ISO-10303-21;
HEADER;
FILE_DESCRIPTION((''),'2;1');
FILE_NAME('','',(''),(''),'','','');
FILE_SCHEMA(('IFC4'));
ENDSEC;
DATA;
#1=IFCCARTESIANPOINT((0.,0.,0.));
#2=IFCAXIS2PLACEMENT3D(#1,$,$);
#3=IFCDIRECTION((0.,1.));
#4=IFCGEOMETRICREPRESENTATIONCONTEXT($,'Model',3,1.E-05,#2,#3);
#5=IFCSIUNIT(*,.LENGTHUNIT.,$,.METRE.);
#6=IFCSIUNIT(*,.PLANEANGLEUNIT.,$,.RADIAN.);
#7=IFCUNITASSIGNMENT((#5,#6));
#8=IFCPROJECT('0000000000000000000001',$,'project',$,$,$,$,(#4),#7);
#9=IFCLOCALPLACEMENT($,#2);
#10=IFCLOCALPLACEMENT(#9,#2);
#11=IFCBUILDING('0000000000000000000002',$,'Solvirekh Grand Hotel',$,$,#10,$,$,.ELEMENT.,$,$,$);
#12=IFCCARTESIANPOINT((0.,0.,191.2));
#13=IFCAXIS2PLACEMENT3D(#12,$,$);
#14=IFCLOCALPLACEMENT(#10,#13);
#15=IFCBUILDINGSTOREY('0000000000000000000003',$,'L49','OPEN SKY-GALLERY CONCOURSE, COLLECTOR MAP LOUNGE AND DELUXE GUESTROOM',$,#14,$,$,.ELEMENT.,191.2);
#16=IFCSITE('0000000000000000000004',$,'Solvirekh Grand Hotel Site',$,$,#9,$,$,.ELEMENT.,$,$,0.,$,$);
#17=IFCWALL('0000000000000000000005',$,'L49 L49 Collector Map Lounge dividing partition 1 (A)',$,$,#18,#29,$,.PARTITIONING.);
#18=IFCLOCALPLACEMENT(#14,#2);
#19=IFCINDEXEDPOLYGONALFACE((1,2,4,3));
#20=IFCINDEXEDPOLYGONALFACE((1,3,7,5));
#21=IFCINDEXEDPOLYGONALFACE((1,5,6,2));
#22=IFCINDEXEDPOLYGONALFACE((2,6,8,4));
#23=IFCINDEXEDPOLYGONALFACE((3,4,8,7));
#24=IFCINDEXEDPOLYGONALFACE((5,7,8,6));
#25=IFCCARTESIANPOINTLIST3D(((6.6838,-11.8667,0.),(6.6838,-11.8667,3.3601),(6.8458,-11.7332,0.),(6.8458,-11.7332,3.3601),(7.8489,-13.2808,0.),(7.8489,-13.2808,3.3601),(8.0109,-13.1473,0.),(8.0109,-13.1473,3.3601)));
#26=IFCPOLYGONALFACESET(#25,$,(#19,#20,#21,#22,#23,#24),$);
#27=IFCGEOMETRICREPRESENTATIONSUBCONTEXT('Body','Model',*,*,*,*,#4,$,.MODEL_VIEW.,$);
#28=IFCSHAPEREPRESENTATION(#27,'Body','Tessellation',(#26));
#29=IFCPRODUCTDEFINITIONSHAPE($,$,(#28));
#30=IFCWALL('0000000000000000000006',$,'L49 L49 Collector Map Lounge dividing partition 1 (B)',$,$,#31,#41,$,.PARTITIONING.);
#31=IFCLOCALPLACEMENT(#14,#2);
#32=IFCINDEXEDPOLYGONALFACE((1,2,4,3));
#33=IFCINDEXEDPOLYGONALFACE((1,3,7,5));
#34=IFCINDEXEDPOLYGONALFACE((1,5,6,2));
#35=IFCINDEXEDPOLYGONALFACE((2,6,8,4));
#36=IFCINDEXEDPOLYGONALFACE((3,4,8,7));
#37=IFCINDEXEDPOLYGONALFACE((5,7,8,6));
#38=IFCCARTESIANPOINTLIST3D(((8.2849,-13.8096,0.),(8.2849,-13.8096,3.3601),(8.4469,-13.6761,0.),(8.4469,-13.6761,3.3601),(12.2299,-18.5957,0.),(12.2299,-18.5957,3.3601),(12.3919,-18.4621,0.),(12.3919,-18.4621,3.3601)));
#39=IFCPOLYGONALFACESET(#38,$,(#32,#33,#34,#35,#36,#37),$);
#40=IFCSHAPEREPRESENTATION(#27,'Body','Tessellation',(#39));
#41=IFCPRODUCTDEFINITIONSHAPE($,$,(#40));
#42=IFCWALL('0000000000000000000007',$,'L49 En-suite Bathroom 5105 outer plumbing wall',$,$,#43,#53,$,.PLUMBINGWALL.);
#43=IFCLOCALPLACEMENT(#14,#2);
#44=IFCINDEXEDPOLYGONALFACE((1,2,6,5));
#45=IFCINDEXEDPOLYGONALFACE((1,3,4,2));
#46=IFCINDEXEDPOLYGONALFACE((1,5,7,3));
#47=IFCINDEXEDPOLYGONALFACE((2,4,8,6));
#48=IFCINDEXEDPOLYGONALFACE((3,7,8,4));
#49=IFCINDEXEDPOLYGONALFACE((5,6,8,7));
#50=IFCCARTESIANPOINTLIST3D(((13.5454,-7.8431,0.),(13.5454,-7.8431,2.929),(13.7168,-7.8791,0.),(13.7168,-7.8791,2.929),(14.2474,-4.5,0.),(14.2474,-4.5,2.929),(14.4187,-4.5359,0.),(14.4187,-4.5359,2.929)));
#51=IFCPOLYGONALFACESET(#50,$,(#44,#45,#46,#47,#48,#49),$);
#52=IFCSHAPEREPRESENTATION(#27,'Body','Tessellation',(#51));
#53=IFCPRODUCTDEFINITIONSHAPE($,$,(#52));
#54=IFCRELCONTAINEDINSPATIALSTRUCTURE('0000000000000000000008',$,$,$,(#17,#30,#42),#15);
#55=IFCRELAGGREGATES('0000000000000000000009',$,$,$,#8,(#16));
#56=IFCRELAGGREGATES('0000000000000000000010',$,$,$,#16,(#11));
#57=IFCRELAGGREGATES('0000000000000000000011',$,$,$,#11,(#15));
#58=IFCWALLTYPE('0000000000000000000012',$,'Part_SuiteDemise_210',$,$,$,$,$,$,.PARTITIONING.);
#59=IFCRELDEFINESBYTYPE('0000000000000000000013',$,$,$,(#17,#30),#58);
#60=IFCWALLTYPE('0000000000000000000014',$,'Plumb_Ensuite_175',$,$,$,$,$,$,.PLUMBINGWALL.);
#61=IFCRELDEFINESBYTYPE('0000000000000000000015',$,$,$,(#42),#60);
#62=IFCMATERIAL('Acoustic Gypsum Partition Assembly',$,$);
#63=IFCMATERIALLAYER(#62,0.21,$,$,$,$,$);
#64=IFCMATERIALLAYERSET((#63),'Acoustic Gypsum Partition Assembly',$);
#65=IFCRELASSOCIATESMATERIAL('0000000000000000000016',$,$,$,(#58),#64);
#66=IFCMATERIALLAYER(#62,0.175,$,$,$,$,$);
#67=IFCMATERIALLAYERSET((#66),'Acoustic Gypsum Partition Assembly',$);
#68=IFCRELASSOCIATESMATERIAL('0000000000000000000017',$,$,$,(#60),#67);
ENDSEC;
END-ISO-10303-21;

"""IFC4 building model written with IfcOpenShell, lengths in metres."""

from ifc_helpers import new_model, si_unit, direction, frame, frame_2d, origin, place, context, subcontext, project, spatial, rectangle, extrude, material, layer, layer_set, type_object, element, save


model = new_model("IFC4")

# Units and contexts
model_context = context("Model", 3, precision=1e-05, world=origin(), true_north=direction((0.0, 1.0)))
body_context = subcontext(model_context, "Body", "Model", "MODEL_VIEW")
ifc_project = project(units=[si_unit("LENGTHUNIT", "METRE"), si_unit("PLANEANGLEUNIT", "RADIAN")], contexts=[model_context])

# Site, building, storey
site_placement = place(None, origin())
site = spatial("IfcSite", under=ifc_project, at=site_placement, Name="Solvirekh Grand Hotel Site", CompositionType="ELEMENT", RefElevation=0.0)
building_placement = place(site_placement, origin())
building = spatial("IfcBuilding", under=site, at=building_placement, Name="Solvirekh Grand Hotel", CompositionType="ELEMENT")
storey_placement = place(building_placement, frame((0.0, 0.0, 191.2)))
storey = spatial("IfcBuildingStorey", under=building, at=storey_placement, Name="L49", Description="OPEN SKY-GALLERY CONCOURSE, COLLECTOR MAP LOUNGE AND DELUXE GUESTROOM", CompositionType="ELEMENT", Elevation=191.2)

# Shared definitions
ifc_material_1 = material(Name="Acoustic Gypsum Partition Assembly")

# Walls
ifc_layer_1 = layer(ifc_material_1, 0.21)
ifc_layer_set_1 = layer_set([ifc_layer_1], Name="Acoustic Gypsum Partition Assembly")
wall_type_1 = type_object("IfcWallType", Name="Part_SuiteDemise_210", PredefinedType="PARTITIONING", material=ifc_layer_set_1)
wall_1_placement = place(storey_placement, frame((6.7649, -11.8, 0.0), z_axis=(0.0, 0.0, 1.0), x_axis=(0.635875, -0.771792, 0.0)))
element("IfcWall", 1, at=wall_1_placement, inside=storey, type_object=wall_type_1, Name="L49 L49 Collector Map Lounge dividing partition 1 (A)", PredefinedType="PARTITIONING", context=body_context, shape_type="SweptSolid", body=[
    extrude(rectangle(XDim=1.8323, YDim=0.21, at=frame_2d((0.916, 0.0))), origin(), (0.0, 0.0, 1.0), 3.3601),
])
wall_2_placement = place(storey_placement, frame((8.366, -13.7429, 0.0), z_axis=(0.0, 0.0, 1.0), x_axis=(0.636048, -0.77165, 0.0)))
element("IfcWall", 2, at=wall_2_placement, inside=storey, type_object=wall_type_1, Name="L49 L49 Collector Map Lounge dividing partition 1 (B)", PredefinedType="PARTITIONING", context=body_context, shape_type="SweptSolid", body=[
    extrude(rectangle(XDim=6.2024, YDim=0.21, at=frame_2d((3.1011, 0.0))), origin(), (0.0, 0.0, 1.0), 3.3601),
])
ifc_layer_2 = layer(ifc_material_1, 0.175)
ifc_layer_set_2 = layer_set([ifc_layer_2], Name="Acoustic Gypsum Partition Assembly")
wall_type_2 = type_object("IfcWallType", Name="Plumb_Ensuite_175", PredefinedType="PLUMBINGWALL", material=ifc_layer_set_2)
wall_3_placement = place(storey_placement, frame((13.6311, -7.8611, 0.0), z_axis=(0.0, 0.0, 1.0), x_axis=(0.205481, 0.978661, 0.0)))
element("IfcWall", 3, at=wall_3_placement, inside=storey, type_object=wall_type_2, Name="L49 En-suite Bathroom 5105 outer plumbing wall", PredefinedType="PLUMBINGWALL", context=body_context, shape_type="SweptSolid", body=[
    extrude(rectangle(XDim=3.416, YDim=0.175, at=frame_2d((1.708, 0.0))), origin(), (0.0, 0.0, 1.0), 2.929),
])

save(model, "model.ifc")
